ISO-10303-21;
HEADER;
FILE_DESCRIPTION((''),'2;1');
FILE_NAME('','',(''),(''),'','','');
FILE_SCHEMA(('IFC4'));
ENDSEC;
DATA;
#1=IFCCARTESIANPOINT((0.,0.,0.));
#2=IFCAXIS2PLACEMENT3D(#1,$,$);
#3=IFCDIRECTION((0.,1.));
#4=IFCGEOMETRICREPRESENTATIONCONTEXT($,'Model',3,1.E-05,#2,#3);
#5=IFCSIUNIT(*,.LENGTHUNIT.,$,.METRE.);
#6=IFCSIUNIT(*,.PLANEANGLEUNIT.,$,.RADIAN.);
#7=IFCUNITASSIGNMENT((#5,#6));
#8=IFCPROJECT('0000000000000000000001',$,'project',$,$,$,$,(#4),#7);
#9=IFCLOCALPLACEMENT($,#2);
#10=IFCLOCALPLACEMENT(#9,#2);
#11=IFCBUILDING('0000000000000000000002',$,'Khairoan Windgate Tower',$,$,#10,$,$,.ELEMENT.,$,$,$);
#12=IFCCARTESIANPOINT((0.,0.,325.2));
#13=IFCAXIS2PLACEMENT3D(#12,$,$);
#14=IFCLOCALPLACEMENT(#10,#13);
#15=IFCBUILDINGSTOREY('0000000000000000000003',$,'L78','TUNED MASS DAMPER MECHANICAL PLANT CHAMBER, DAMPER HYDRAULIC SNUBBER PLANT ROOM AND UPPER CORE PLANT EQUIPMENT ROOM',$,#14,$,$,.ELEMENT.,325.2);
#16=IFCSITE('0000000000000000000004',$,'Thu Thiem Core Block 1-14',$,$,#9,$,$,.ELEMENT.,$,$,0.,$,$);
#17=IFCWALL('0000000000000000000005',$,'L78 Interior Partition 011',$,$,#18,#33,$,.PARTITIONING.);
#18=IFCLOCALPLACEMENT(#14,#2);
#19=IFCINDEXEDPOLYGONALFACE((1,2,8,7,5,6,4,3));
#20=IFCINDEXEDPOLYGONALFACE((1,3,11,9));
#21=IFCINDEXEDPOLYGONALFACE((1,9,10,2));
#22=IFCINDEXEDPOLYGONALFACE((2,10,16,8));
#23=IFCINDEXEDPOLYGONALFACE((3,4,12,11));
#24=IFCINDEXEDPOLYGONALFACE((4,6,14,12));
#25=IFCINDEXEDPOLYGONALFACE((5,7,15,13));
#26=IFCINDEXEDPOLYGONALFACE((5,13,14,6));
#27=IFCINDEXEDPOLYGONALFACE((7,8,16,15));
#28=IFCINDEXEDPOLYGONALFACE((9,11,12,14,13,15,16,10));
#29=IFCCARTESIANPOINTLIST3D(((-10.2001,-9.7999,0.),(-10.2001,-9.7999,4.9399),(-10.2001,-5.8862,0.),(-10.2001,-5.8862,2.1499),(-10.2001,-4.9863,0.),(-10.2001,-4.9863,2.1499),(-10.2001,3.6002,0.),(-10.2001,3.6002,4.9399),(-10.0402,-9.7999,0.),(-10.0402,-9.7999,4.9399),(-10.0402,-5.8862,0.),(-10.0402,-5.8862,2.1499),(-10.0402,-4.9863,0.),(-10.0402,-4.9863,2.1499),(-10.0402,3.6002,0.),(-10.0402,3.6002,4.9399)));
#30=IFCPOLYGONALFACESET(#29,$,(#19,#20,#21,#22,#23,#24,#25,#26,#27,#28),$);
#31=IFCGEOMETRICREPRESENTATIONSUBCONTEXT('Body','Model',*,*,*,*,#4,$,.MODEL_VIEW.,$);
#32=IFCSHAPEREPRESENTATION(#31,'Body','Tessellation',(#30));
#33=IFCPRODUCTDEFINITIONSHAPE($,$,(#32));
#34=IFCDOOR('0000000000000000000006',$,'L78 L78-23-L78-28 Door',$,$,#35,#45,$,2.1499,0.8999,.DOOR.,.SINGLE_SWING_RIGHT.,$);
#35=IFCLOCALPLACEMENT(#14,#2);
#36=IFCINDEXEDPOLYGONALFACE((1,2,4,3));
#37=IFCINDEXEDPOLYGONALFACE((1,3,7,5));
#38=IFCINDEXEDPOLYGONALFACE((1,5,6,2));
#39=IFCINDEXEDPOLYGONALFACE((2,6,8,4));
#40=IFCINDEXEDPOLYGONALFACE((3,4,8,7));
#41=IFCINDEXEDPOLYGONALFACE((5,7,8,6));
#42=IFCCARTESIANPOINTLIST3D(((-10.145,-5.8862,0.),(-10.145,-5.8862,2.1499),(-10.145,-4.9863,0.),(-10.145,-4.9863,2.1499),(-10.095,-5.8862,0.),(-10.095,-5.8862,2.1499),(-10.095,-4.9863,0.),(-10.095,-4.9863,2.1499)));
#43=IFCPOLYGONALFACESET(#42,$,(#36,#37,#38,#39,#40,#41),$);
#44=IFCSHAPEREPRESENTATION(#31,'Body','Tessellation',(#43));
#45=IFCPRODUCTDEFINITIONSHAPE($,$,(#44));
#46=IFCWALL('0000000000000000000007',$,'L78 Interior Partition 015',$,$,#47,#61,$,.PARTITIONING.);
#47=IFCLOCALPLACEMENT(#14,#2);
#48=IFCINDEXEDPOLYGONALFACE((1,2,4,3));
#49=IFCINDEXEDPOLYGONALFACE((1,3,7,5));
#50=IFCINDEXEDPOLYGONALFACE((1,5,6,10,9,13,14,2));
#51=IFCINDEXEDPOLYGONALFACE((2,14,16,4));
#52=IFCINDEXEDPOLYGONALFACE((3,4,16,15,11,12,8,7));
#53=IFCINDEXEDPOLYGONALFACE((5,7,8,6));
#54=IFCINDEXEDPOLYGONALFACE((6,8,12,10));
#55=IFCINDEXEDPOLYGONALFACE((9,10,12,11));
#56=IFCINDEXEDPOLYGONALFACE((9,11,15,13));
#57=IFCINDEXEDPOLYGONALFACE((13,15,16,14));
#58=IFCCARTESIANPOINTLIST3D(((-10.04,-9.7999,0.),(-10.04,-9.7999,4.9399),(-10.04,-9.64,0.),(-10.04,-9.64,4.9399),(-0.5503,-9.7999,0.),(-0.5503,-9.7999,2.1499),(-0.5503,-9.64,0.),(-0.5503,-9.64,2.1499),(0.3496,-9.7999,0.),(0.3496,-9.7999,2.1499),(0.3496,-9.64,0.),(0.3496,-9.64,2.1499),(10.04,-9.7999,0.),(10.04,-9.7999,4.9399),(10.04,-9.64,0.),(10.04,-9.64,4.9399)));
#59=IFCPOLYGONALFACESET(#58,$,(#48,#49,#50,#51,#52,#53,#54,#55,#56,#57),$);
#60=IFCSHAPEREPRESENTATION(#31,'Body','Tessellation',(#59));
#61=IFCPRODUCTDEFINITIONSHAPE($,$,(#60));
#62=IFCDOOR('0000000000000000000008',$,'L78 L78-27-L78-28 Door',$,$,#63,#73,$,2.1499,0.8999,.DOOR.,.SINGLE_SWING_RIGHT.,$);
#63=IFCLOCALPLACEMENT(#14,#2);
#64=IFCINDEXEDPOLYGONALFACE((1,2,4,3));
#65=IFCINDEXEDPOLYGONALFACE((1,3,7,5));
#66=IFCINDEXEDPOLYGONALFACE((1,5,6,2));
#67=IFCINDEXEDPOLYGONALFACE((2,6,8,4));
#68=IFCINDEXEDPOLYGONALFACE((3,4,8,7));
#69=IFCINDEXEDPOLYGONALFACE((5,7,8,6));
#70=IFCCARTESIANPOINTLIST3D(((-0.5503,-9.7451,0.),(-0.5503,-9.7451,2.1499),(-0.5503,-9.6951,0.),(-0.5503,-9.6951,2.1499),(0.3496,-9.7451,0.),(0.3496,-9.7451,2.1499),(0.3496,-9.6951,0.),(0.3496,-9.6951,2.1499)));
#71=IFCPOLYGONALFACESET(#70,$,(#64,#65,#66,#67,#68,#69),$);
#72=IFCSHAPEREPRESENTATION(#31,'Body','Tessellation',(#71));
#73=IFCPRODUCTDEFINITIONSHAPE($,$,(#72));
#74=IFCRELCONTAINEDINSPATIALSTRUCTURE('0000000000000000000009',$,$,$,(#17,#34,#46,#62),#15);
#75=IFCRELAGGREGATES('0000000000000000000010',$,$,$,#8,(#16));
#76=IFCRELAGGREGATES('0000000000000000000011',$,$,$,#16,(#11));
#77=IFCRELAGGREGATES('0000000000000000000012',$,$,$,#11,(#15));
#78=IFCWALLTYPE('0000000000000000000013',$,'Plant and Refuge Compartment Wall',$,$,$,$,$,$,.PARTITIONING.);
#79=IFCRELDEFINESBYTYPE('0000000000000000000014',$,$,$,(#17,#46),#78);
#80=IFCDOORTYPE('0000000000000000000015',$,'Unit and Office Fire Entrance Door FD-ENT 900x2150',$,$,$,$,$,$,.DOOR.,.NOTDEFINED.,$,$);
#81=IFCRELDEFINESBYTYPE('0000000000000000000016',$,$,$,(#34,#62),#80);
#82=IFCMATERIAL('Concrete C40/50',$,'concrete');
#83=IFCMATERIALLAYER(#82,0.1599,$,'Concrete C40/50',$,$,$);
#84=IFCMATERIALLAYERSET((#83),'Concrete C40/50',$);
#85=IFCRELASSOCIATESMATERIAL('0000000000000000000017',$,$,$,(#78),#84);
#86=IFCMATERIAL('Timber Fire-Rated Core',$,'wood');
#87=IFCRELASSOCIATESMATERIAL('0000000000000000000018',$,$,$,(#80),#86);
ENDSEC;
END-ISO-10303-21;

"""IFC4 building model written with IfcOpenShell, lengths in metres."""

from ifc_helpers import new_model, si_unit, direction, frame, frame_2d, origin, place, context, subcontext, project, spatial, rectangle, extrude, material, layer, layer_set, type_object, element, fill, save


model = new_model("IFC4")

# Units and contexts
model_context = context("Model", 3, precision=1e-05, world=origin(), true_north=direction((0.0, 1.0)))
body_context = subcontext(model_context, "Body", "Model", "MODEL_VIEW")
ifc_project = project(units=[si_unit("LENGTHUNIT", "METRE"), si_unit("PLANEANGLEUNIT", "RADIAN")], contexts=[model_context])

# Site, building, storey
site_placement = place(None, origin())
site = spatial("IfcSite", under=ifc_project, at=site_placement, Name="Thu Thiem Core Block 1-14", CompositionType="ELEMENT", RefElevation=0.0)
building_placement = place(site_placement, origin())
building = spatial("IfcBuilding", under=site, at=building_placement, Name="Khairoan Windgate Tower", CompositionType="ELEMENT")
storey_placement = place(building_placement, frame((0.0, 0.0, 325.2)))
storey = spatial("IfcBuildingStorey", under=building, at=storey_placement, Name="L78", Description="TUNED MASS DAMPER MECHANICAL PLANT CHAMBER, DAMPER HYDRAULIC SNUBBER PLANT ROOM AND UPPER CORE PLANT EQUIPMENT ROOM", CompositionType="ELEMENT", Elevation=325.2)

# Shared definitions
ifc_material_1 = material(Name="Concrete C40/50", Category="concrete")
ifc_layer_1 = layer(ifc_material_1, 0.1599, Name="Concrete C40/50")
ifc_layer_set_1 = layer_set([ifc_layer_1], Name="Concrete C40/50")
wall_type_1 = type_object("IfcWallType", Name="Plant and Refuge Compartment Wall", PredefinedType="PARTITIONING", material=ifc_layer_set_1)

# Walls, openings, doors
wall_1_placement = place(storey_placement, frame((-10.1201, -9.8, 0.0), z_axis=(0.0, 0.0, 1.0), x_axis=(0.0, 1.0, 0.0)))
wall_1 = element("IfcWall", 1, at=wall_1_placement, inside=storey, type_object=wall_type_1, Name="L78 Interior Partition 011", PredefinedType="PARTITIONING", context=body_context, shape_type="SweptSolid", body=[
    extrude(rectangle(XDim=13.4001, YDim=0.1599, at=frame_2d((6.7002, 0.0))), origin(), (0.0, 0.0, 1.0), 4.9399),
])
opening_1_placement = place(wall_1_placement, frame((3.9138, 0.0, 0.0)))
opening_1 = element("IfcOpeningElement", 2, at=opening_1_placement, cuts=wall_1, PredefinedType="OPENING", context=body_context, shape_type="SweptSolid", body=[
    extrude(rectangle(XDim=0.8999, YDim=2.1499, at=frame_2d((0.45, 1.075))), frame((0.0, 0.0898, 0.0), z_axis=(0.0, -1.0, 0.0), x_axis=(1.0, 0.0, 0.0)), (0.0, 0.0, 1.0), 0.1799),
])
ifc_material_2 = material(Name="Timber Fire-Rated Core", Category="wood")
door_type_1 = type_object("IfcDoorType", Name="Unit and Office Fire Entrance Door FD-ENT 900x2150", OperationType="NOTDEFINED", PredefinedType="DOOR", material=ifc_material_2)
door_1_placement = place(opening_1_placement, origin())
door_1 = element("IfcDoor", 3, at=door_1_placement, inside=storey, type_object=door_type_1, Name="L78 L78-23-L78-28 Door", OperationType="SINGLE_SWING_RIGHT", OverallHeight=2.1499, OverallWidth=0.8999, PredefinedType="DOOR", context=body_context, shape_type="SweptSolid", body=[
    extrude(rectangle(XDim=0.8999, YDim=2.1499, at=frame_2d((0.45, 1.075))), frame((0.0, 0.0249, 0.0), z_axis=(0.0, -1.0, 0.0), x_axis=(1.0, 0.0, 0.0)), (0.0, 0.0, 1.0), 0.05),
])
fill(opening_1, door_1)
wall_2_placement = place(storey_placement, frame((-10.04, -9.72, 0.0), z_axis=(0.0, 0.0, 1.0), x_axis=(1.0, 0.0, 0.0)))
wall_2 = element("IfcWall", 4, at=wall_2_placement, inside=storey, type_object=wall_type_1, Name="L78 Interior Partition 015", PredefinedType="PARTITIONING", context=body_context, shape_type="SweptSolid", body=[
    extrude(rectangle(XDim=20.0801, YDim=0.1599, at=frame_2d((10.04, 0.0))), origin(), (0.0, 0.0, 1.0), 4.9399),
])
opening_2_placement = place(wall_2_placement, frame((9.4897, 0.0, 0.0)))
opening_2 = element("IfcOpeningElement", 5, at=opening_2_placement, cuts=wall_2, PredefinedType="OPENING", context=body_context, shape_type="SweptSolid", body=[
    extrude(rectangle(XDim=0.8999, YDim=2.1499, at=frame_2d((0.45, 1.075))), frame((0.0, 0.0898, 0.0), z_axis=(0.0, -1.0, 0.0), x_axis=(1.0, 0.0, 0.0)), (0.0, 0.0, 1.0), 0.1799),
])
door_2_placement = place(opening_2_placement, origin())
door_2 = element("IfcDoor", 6, at=door_2_placement, inside=storey, type_object=door_type_1, Name="L78 L78-27-L78-28 Door", OperationType="SINGLE_SWING_RIGHT", OverallHeight=2.1499, OverallWidth=0.8999, PredefinedType="DOOR", context=body_context, shape_type="SweptSolid", body=[
    extrude(rectangle(XDim=0.8999, YDim=2.1499, at=frame_2d((0.45, 1.075))), frame((0.0, 0.0249, 0.0), z_axis=(0.0, -1.0, 0.0), x_axis=(1.0, 0.0, 0.0)), (0.0, 0.0, 1.0), 0.05),
])
fill(opening_2, door_2)

save(model, "model.ifc")
